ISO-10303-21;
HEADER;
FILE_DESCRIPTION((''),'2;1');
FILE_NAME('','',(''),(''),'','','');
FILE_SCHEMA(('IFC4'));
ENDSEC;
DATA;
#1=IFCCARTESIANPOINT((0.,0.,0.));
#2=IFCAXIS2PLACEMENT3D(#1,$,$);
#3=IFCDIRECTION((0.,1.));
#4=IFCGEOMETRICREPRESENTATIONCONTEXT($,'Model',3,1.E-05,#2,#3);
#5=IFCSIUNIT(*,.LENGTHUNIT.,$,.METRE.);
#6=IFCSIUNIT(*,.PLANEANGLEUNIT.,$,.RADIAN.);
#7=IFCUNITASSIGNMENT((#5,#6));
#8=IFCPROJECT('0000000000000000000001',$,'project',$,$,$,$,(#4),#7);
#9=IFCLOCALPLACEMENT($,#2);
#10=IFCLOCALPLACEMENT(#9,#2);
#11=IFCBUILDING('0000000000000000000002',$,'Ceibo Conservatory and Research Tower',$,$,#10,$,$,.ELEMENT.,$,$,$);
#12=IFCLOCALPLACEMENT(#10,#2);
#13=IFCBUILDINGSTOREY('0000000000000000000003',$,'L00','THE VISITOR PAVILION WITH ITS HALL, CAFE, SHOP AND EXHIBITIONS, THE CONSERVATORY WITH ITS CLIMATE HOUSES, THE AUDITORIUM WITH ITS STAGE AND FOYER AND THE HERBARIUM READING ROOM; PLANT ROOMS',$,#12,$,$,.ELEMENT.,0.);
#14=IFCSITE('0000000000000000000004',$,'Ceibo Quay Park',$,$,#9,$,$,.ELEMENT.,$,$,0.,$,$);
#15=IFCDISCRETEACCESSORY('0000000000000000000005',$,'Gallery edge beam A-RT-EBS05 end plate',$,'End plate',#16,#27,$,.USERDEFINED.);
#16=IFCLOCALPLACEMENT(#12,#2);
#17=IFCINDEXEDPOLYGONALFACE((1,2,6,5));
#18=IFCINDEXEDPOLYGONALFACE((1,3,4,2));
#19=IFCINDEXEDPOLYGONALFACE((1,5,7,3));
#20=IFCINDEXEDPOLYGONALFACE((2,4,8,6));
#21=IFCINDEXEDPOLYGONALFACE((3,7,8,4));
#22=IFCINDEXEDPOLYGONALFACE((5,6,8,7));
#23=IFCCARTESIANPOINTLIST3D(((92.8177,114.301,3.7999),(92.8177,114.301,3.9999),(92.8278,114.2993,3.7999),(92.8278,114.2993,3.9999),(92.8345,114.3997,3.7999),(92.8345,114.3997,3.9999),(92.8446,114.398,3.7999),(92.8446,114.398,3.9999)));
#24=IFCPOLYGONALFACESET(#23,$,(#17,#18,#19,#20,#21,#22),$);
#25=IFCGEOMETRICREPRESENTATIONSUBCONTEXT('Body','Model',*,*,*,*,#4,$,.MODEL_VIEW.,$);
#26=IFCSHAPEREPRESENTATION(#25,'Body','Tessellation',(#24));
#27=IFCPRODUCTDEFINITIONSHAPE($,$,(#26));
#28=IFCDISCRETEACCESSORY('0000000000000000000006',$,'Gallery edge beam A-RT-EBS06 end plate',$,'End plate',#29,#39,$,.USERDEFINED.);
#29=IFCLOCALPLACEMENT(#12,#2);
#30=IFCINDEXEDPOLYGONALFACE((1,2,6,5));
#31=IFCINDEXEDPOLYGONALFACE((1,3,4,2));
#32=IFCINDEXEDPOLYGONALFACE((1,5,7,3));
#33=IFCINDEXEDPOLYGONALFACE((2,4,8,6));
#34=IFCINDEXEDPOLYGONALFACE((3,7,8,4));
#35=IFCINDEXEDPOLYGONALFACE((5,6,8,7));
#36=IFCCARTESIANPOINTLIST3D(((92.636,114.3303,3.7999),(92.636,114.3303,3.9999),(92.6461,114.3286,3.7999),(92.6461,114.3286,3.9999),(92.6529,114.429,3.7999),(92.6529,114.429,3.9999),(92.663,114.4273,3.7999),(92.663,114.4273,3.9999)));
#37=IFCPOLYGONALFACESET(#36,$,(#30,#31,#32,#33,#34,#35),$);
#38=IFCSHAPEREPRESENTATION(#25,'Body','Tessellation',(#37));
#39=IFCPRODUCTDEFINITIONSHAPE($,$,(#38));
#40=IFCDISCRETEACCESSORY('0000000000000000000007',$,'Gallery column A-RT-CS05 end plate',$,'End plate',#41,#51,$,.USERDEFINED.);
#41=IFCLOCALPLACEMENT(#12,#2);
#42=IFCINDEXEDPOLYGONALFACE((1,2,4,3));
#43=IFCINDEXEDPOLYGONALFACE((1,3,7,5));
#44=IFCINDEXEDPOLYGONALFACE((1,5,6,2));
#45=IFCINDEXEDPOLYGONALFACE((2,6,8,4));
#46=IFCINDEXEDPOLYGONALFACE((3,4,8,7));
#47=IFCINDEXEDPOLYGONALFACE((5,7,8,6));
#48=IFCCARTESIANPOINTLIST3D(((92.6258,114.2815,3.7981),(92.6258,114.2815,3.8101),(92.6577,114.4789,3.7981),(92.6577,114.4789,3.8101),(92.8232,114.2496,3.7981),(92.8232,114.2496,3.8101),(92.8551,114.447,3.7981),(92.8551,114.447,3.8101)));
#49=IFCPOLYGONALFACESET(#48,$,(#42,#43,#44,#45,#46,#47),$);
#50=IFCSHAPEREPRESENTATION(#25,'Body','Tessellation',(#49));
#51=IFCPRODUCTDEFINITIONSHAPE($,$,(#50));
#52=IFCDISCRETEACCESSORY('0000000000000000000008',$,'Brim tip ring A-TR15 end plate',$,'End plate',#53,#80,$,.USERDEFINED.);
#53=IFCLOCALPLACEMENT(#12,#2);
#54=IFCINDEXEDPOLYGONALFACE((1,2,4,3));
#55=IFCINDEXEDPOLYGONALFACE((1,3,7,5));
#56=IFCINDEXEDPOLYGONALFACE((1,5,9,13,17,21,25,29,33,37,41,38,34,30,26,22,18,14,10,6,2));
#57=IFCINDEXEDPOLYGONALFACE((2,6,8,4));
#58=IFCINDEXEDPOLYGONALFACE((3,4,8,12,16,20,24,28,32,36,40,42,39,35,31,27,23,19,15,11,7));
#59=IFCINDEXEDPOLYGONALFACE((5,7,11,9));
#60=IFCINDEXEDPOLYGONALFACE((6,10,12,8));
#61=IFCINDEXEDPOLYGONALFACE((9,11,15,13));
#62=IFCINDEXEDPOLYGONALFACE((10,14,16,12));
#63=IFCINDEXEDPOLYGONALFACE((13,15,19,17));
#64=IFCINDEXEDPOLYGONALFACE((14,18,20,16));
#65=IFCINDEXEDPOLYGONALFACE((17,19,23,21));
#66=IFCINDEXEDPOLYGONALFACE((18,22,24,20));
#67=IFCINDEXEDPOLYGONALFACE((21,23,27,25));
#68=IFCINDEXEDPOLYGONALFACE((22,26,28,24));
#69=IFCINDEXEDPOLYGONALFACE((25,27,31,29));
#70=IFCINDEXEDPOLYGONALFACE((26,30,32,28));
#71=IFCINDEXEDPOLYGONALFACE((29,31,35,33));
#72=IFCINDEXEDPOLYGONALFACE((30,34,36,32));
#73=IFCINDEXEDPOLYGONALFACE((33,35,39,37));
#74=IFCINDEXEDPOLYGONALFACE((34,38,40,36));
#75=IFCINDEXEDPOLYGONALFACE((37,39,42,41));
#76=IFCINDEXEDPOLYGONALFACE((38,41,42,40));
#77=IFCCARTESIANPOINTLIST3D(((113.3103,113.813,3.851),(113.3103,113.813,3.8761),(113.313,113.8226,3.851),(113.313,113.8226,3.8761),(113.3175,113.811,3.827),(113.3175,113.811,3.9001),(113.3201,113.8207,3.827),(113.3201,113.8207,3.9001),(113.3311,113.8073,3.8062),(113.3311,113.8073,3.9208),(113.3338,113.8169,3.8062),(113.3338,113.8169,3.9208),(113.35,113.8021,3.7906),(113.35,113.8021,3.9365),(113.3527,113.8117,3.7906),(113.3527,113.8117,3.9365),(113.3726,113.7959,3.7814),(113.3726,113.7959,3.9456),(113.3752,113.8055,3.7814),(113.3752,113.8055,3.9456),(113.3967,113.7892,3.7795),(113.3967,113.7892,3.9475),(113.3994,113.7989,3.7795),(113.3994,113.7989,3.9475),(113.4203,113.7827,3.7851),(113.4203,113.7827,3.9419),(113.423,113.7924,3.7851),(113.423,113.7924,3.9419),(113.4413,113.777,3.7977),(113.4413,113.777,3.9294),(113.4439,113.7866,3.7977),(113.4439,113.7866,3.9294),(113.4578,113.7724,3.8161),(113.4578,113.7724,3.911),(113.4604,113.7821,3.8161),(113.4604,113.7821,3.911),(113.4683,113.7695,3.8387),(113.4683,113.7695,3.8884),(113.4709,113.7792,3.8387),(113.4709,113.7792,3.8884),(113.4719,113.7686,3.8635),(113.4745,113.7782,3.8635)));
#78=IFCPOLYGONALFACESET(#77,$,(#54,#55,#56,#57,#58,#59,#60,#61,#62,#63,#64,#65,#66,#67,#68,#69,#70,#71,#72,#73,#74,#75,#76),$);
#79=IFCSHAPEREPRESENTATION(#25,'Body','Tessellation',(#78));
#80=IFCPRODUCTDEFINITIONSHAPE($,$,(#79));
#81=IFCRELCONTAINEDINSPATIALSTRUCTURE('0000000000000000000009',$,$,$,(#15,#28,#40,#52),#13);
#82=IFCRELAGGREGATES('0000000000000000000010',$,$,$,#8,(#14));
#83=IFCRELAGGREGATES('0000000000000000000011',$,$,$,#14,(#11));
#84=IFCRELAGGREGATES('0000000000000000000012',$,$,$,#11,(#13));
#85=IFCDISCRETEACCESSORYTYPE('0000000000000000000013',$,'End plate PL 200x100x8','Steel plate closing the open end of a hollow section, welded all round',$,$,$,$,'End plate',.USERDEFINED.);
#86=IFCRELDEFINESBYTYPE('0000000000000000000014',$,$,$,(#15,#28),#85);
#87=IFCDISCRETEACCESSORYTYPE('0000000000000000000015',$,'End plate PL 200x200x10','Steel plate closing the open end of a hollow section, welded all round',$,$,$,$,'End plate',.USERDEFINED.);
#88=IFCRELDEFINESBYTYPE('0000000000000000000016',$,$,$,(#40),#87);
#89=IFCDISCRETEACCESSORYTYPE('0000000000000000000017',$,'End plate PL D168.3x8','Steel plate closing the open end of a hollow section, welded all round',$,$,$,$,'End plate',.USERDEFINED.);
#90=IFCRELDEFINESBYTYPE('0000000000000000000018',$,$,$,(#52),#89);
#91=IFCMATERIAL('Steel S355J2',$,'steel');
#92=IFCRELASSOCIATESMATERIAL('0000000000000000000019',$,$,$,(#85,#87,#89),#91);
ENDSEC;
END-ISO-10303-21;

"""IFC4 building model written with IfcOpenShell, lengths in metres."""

from ifc_helpers import new_model, si_unit, direction, frame, origin, origin_2d, place, context, subcontext, project, spatial, rectangle, circle, extrude, material, material_profile, profile_set, type_object, element, save


model = new_model("IFC4")

# Units and contexts
model_context = context("Model", 3, precision=1e-05, world=origin(), true_north=direction((0.0, 1.0)))
body_context = subcontext(model_context, "Body", "Model", "MODEL_VIEW")
ifc_project = project(units=[si_unit("LENGTHUNIT", "METRE"), si_unit("PLANEANGLEUNIT", "RADIAN")], contexts=[model_context])

# Site, building, storey
site_placement = place(None, origin())
site = spatial("IfcSite", under=ifc_project, at=site_placement, Name="Ceibo Quay Park", CompositionType="ELEMENT", RefElevation=0.0)
building_placement = place(site_placement, origin())
building = spatial("IfcBuilding", under=site, at=building_placement, Name="Ceibo Conservatory and Research Tower", CompositionType="ELEMENT")
storey_placement = place(building_placement, origin())
storey = spatial("IfcBuildingStorey", under=building, at=storey_placement, Name="L00", Description="THE VISITOR PAVILION WITH ITS HALL, CAFE, SHOP AND EXHIBITIONS, THE CONSERVATORY WITH ITS CLIMATE HOUSES, THE AUDITORIUM WITH ITS STAGE AND FOYER AND THE HERBARIUM READING ROOM; PLANT ROOMS", CompositionType="ELEMENT", Elevation=0.0)

# Discrete accessories
ifc_material_1 = material(Name="Steel S355J2", Category="steel")
ifc_material_profile_1 = material_profile(ifc_material_1, rectangle(XDim=0.1001, YDim=0.2, at=origin_2d()), Name="End plate PL 200x100x8")
ifc_profile_set_1 = profile_set([ifc_material_profile_1], Name="Steel S355J2")
discrete_accessory_type_1 = type_object("IfcDiscreteAccessoryType", Name="End plate PL 200x100x8", Description="Steel plate closing the open end of a hollow section, welded all round", ElementType="End plate", PredefinedType="USERDEFINED", material=ifc_profile_set_1)
for number, where, z_axis, x_axis, name in (
    (1, (92.8362, 114.3486, 3.8999), (-0.985736, 0.168296, 0.0), (-0.168296, -0.985736, 0.0), "Gallery edge beam A-RT-EBS05 end plate"),
    (2, (92.6545, 114.3779, 3.8999), (-0.985736, 0.168296, 0.0), (-0.168296, -0.985736, 0.0), "Gallery edge beam A-RT-EBS06 end plate"),
):
    element("IfcDiscreteAccessory", number, at=place(storey_placement, frame(where, z_axis=z_axis, x_axis=x_axis)), inside=storey, type_object=discrete_accessory_type_1, Name=name, ObjectType="End plate", PredefinedType="USERDEFINED", context=body_context, shape_type="SweptSolid", body=[
        extrude(rectangle(XDim=0.1001, YDim=0.2, at=origin_2d()), origin(), (0.0, 0.0, 1.0), 0.0103),
    ])
ifc_material_profile_2 = material_profile(ifc_material_1, rectangle(XDim=0.2, YDim=0.2, at=origin_2d()), Name="End plate PL 200x200x10")
ifc_profile_set_2 = profile_set([ifc_material_profile_2], Name="Steel S355J2")
discrete_accessory_type_2 = type_object("IfcDiscreteAccessoryType", Name="End plate PL 200x200x10", Description="Steel plate closing the open end of a hollow section, welded all round", ElementType="End plate", PredefinedType="USERDEFINED", material=ifc_profile_set_2)
discrete_accessory_1_placement = place(storey_placement, frame((92.7405, 114.3643, 3.7981), z_axis=(0.0, 0.0, 1.0), x_axis=(-0.987216, 0.159391, 0.0)))
element("IfcDiscreteAccessory", 3, at=discrete_accessory_1_placement, inside=storey, type_object=discrete_accessory_type_2, Name="Gallery column A-RT-CS05 end plate", ObjectType="End plate", PredefinedType="USERDEFINED", context=body_context, shape_type="SweptSolid", body=[
    extrude(rectangle(XDim=0.2, YDim=0.2, at=origin_2d()), origin(), (0.0, 0.0, 1.0), 0.012),
])
ifc_material_profile_3 = material_profile(ifc_material_1, circle(Radius=0.0842, at=origin_2d()), Name="End plate PL D168.3x8")
ifc_profile_set_3 = profile_set([ifc_material_profile_3], Name="Steel S355J2")
discrete_accessory_type_3 = type_object("IfcDiscreteAccessoryType", Name="End plate PL D168.3x8", Description="Steel plate closing the open end of a hollow section, welded all round", ElementType="End plate", PredefinedType="USERDEFINED", material=ifc_profile_set_3)
discrete_accessory_2_placement = place(storey_placement, frame((113.3933, 113.8005, 3.8635), z_axis=(-0.265156, -0.964205, 0.0), x_axis=(0.964205, -0.265156, 0.0)))
element("IfcDiscreteAccessory", 4, at=discrete_accessory_2_placement, inside=storey, type_object=discrete_accessory_type_3, Name="Brim tip ring A-TR15 end plate", ObjectType="End plate", PredefinedType="USERDEFINED", context=body_context, shape_type="SweptSolid", body=[
    extrude(circle(Radius=0.0842, at=origin_2d()), origin(), (0.0, 0.0, 1.0), 0.01),
])

save(model, "model.ifc")
